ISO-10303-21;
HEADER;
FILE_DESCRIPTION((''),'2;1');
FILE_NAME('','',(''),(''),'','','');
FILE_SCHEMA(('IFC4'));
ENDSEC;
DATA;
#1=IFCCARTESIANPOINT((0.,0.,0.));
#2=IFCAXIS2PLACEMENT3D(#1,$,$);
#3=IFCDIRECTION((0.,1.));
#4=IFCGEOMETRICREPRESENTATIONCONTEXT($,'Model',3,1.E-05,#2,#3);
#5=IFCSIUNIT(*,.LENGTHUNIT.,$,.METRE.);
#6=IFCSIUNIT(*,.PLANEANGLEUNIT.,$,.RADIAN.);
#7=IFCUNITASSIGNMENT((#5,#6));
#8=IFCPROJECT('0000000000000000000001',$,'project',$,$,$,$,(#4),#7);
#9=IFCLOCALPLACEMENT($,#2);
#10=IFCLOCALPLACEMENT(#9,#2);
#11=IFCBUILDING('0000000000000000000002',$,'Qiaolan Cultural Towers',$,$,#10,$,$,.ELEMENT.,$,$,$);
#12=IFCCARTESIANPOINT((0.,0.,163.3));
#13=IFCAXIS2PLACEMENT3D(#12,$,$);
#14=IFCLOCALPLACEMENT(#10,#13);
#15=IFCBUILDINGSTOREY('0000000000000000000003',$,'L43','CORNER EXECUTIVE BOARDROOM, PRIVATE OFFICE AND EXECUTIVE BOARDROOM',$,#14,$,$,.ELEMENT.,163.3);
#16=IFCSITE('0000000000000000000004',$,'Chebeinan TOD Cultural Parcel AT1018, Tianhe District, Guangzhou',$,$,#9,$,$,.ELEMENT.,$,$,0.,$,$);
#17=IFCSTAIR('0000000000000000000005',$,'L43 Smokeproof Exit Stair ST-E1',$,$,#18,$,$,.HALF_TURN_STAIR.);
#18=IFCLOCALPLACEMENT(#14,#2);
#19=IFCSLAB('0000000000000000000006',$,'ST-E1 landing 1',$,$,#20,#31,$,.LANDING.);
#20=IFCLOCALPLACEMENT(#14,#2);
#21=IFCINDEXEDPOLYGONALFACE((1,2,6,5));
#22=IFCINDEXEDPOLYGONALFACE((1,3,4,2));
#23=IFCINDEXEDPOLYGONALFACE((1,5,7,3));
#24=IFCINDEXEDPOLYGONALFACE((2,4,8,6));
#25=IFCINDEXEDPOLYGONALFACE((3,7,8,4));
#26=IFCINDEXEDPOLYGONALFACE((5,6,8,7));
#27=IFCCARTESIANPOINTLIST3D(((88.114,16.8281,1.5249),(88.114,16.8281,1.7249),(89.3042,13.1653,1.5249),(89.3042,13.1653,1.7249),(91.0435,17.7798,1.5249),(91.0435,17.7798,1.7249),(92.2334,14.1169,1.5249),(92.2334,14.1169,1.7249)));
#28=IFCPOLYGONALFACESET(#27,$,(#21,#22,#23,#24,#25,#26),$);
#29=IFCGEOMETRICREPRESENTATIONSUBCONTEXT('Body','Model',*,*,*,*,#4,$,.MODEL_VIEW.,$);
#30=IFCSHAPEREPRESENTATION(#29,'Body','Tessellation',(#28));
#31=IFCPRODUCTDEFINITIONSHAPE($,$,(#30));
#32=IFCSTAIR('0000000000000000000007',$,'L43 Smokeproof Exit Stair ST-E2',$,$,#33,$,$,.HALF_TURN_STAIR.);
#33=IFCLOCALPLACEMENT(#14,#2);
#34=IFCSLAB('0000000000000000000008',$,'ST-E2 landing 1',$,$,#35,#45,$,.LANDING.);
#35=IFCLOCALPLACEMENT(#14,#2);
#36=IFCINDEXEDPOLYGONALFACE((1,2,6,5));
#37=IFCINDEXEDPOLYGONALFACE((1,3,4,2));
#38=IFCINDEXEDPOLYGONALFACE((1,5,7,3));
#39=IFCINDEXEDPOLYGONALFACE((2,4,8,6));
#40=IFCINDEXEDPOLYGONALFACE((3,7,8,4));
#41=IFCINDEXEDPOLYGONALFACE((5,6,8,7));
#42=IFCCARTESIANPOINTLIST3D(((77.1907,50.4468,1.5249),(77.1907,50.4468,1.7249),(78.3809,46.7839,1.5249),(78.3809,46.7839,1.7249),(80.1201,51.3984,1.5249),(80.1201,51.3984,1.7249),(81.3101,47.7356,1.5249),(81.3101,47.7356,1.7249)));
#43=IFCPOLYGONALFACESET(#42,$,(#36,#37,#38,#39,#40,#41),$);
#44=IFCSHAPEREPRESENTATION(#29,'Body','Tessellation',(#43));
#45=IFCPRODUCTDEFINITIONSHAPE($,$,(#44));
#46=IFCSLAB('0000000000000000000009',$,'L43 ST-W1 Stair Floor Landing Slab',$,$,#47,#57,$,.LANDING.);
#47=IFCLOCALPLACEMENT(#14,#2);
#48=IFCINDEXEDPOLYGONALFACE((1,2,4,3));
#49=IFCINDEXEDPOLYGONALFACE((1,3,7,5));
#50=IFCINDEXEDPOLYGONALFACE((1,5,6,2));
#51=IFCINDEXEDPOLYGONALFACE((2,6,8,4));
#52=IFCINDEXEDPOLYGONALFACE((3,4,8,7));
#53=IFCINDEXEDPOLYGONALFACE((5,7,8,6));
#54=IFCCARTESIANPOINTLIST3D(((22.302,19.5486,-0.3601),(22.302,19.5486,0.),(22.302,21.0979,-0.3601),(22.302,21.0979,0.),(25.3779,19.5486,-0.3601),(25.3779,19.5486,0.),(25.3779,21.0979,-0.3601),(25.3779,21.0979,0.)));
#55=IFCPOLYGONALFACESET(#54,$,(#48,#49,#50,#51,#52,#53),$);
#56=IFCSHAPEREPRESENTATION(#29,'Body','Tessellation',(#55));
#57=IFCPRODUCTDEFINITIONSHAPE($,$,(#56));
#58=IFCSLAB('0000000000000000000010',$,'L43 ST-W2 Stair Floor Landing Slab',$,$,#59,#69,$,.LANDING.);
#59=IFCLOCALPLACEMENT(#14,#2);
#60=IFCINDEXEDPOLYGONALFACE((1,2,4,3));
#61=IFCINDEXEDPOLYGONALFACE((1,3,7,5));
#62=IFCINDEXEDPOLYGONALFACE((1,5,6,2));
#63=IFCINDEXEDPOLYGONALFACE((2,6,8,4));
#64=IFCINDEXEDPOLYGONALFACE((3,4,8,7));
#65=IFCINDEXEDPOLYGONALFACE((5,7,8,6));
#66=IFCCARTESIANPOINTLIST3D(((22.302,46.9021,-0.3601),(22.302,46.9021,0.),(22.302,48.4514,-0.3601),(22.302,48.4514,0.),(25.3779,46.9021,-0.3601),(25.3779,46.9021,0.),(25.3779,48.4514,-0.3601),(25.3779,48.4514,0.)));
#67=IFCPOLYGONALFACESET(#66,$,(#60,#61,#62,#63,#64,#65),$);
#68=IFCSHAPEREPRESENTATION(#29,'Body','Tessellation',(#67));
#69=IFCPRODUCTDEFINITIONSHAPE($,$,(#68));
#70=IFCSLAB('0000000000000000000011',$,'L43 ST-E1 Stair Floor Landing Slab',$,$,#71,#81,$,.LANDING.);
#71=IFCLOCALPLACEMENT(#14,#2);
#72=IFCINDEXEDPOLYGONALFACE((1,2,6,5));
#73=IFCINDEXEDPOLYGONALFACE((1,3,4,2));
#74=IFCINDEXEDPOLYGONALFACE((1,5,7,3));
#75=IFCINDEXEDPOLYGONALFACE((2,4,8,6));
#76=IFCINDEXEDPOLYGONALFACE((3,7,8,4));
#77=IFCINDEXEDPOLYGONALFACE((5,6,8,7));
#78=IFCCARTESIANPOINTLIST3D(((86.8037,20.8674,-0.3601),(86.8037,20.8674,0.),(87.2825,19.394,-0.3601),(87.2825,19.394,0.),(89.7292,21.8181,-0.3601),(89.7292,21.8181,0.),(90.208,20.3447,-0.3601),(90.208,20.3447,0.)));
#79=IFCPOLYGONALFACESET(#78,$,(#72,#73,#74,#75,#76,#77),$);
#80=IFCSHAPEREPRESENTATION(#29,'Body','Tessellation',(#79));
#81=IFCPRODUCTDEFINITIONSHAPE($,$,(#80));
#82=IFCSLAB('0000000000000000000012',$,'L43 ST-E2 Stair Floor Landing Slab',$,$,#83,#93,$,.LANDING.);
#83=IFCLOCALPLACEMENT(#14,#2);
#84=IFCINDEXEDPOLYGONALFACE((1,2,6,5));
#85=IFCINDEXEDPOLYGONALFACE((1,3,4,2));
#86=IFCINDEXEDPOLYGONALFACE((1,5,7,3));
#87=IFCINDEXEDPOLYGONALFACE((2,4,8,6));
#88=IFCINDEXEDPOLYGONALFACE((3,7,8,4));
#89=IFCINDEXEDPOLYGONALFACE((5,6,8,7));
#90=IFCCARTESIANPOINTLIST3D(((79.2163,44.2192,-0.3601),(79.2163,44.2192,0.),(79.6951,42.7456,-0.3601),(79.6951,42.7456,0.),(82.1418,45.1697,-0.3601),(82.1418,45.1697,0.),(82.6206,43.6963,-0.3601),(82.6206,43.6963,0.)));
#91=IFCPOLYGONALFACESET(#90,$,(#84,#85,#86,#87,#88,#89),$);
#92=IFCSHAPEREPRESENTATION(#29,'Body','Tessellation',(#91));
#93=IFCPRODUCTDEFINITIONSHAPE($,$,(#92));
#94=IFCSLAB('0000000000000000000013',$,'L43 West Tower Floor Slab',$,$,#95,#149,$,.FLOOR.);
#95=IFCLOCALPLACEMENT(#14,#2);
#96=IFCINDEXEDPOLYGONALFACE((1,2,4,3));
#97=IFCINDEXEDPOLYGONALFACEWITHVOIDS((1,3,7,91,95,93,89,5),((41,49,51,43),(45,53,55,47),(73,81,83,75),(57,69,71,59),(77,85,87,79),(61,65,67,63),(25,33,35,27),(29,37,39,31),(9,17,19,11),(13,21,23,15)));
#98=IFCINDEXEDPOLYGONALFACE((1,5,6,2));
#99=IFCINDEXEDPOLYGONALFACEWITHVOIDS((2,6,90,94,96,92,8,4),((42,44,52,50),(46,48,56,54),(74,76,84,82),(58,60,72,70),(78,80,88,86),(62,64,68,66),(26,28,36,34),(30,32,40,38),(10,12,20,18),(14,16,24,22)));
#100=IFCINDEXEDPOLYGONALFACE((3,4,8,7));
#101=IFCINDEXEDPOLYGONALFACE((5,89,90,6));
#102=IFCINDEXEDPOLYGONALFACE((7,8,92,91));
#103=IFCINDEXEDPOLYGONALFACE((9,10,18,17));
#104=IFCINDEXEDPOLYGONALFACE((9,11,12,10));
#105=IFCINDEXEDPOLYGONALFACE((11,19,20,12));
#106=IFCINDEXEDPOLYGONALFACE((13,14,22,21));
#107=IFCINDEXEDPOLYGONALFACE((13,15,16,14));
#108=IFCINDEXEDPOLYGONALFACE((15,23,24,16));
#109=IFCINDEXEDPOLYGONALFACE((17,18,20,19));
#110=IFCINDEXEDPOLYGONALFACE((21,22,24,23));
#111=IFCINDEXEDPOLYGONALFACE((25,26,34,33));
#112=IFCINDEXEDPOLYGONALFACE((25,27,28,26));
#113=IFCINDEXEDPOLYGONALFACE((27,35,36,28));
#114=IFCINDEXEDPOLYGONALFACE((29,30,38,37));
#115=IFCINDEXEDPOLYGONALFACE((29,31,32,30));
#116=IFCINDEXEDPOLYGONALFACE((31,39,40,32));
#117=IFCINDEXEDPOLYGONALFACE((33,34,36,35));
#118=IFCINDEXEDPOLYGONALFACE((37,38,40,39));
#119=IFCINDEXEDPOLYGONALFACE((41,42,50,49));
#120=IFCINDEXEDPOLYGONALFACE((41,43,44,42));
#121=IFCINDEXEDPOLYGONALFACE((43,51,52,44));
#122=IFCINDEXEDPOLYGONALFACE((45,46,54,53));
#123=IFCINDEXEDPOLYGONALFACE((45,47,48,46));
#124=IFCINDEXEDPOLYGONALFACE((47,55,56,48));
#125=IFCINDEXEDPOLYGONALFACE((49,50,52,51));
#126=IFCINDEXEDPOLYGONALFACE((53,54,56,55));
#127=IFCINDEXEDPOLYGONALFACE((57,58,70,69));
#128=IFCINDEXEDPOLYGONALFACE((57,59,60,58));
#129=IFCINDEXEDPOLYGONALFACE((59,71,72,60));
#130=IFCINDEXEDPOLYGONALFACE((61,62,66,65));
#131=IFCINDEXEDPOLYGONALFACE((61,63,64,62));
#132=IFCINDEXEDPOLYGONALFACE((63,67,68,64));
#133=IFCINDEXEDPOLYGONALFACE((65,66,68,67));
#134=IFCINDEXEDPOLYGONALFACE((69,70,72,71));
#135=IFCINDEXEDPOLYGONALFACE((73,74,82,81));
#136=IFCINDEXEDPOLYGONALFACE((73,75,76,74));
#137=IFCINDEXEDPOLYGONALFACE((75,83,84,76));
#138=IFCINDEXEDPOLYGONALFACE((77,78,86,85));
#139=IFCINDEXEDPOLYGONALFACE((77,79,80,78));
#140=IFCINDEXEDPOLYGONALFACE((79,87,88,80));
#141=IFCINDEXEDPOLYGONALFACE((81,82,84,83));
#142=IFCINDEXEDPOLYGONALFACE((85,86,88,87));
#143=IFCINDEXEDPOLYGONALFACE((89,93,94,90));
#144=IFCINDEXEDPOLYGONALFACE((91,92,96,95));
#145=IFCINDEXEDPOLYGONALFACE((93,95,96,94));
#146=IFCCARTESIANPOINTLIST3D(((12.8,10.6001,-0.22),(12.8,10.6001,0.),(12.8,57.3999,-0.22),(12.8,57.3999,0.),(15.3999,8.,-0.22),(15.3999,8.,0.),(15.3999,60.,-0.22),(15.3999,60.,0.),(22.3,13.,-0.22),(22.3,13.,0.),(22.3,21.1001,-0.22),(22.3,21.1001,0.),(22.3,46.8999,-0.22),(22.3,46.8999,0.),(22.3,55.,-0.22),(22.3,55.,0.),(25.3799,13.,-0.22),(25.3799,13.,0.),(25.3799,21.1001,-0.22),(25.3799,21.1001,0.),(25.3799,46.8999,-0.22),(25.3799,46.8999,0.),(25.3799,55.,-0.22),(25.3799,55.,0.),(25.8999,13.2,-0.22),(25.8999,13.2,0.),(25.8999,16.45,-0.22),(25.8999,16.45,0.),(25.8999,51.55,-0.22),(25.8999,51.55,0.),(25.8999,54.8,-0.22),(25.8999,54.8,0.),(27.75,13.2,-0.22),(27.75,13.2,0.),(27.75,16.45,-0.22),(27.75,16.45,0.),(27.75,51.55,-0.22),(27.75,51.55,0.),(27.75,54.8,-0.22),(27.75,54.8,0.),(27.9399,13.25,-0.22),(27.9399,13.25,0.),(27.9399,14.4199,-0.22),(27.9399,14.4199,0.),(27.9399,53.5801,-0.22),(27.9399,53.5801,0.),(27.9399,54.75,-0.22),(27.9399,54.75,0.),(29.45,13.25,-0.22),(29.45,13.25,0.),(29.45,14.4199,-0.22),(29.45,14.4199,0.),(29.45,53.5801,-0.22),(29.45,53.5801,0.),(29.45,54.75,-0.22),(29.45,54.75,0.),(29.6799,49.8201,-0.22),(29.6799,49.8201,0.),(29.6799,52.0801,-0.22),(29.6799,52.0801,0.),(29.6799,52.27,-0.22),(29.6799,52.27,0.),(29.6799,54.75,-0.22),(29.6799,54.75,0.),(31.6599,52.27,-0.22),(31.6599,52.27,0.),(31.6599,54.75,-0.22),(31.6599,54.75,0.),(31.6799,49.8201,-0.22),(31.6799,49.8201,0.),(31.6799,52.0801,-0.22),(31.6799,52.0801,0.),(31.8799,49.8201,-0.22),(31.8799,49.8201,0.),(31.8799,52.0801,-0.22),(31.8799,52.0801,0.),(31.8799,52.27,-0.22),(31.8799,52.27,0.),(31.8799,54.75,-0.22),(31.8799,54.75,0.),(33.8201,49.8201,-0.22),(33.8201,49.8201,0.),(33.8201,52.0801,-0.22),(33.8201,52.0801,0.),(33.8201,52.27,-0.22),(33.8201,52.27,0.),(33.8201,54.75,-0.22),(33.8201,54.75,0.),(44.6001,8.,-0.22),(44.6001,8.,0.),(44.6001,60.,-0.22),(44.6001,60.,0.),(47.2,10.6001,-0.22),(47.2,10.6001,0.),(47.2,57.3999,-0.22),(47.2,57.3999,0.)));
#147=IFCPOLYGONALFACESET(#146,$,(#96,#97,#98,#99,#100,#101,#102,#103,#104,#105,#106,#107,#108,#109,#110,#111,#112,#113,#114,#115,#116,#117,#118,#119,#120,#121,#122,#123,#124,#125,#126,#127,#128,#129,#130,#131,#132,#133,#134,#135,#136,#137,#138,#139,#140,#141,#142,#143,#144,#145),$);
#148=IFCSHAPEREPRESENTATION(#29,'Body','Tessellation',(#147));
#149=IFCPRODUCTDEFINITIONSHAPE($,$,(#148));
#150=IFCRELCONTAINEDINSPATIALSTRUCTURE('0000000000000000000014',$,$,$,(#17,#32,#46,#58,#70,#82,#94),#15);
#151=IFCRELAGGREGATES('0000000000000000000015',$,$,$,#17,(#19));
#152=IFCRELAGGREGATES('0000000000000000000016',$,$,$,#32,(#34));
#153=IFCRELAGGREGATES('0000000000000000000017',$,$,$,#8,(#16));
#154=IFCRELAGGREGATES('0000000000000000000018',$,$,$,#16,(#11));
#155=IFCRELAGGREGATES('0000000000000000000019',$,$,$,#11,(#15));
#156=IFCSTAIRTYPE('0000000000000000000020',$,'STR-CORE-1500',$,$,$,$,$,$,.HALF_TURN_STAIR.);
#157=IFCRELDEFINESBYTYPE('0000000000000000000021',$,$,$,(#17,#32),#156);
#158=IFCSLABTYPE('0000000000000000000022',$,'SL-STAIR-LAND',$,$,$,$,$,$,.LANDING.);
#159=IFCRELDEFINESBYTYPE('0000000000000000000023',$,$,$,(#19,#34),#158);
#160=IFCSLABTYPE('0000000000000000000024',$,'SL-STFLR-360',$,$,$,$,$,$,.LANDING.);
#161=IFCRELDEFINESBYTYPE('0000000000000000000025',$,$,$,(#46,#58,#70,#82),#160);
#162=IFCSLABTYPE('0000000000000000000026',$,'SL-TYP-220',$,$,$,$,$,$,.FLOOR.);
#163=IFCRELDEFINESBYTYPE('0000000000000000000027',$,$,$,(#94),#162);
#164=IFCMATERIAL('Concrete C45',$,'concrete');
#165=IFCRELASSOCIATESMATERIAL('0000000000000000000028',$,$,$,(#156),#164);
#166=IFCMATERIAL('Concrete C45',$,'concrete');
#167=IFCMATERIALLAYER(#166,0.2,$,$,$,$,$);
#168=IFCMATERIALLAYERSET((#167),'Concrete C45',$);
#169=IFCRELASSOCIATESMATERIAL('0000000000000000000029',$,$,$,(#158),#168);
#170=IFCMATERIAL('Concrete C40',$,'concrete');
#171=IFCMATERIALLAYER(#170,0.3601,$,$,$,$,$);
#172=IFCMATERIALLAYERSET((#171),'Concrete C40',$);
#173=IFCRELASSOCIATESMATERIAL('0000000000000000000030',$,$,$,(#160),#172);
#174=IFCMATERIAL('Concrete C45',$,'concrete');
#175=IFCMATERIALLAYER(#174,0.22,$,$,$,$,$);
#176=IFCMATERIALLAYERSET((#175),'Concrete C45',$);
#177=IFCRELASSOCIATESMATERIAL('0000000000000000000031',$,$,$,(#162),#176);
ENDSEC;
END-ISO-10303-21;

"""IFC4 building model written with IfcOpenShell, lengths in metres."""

from ifc_helpers import new_model, si_unit, direction, frame, origin, place, context, subcontext, project, spatial, polyline, outline, extrude, material, layer, layer_set, type_object, element, aggregate, save


model = new_model("IFC4")

# Units and contexts
model_context = context("Model", 3, precision=1e-05, world=origin(), true_north=direction((0.0, 1.0)))
body_context = subcontext(model_context, "Body", "Model", "MODEL_VIEW")
ifc_project = project(units=[si_unit("LENGTHUNIT", "METRE"), si_unit("PLANEANGLEUNIT", "RADIAN")], contexts=[model_context])

# Site, building, storey
site_placement = place(None, origin())
site = spatial("IfcSite", under=ifc_project, at=site_placement, Name="Chebeinan TOD Cultural Parcel AT1018, Tianhe District, Guangzhou", CompositionType="ELEMENT", RefElevation=0.0)
building_placement = place(site_placement, origin())
building = spatial("IfcBuilding", under=site, at=building_placement, Name="Qiaolan Cultural Towers", CompositionType="ELEMENT")
storey_placement = place(building_placement, frame((0.0, 0.0, 163.3)))
storey = spatial("IfcBuildingStorey", under=building, at=storey_placement, Name="L43", Description="CORNER EXECUTIVE BOARDROOM, PRIVATE OFFICE AND EXECUTIVE BOARDROOM", CompositionType="ELEMENT", Elevation=163.3)

# Stairs, slabs
ifc_material_1 = material(Name="Concrete C45", Category="concrete")
stair_type = type_object("IfcStairType", Name="STR-CORE-1500", PredefinedType="HALF_TURN_STAIR", material=ifc_material_1)
ifc_material_2 = material(Name="Concrete C45", Category="concrete")
ifc_layer_1 = layer(ifc_material_2, 0.2)
ifc_layer_set_1 = layer_set([ifc_layer_1], Name="Concrete C45")
slab_type_1 = type_object("IfcSlabType", Name="SL-STAIR-LAND", PredefinedType="LANDING", material=ifc_layer_set_1)
stair_1_placement = place(storey_placement, origin())
stair_1 = element("IfcStair", 1, at=stair_1_placement, inside=storey, type_object=stair_type, Name="L43 Smokeproof Exit Stair ST-E1", PredefinedType="HALF_TURN_STAIR")
slab_1_placement = place(storey_placement, frame((0.0, 0.0, 1.5249)))
slab_1 = element("IfcSlab", 2, at=slab_1_placement, type_object=slab_type_1, Name="ST-E1 landing 1", PredefinedType="LANDING", context=body_context, shape_type="SweptSolid", body=[
    extrude(outline(polyline([(88.114, 16.8281), (89.3042, 13.1653), (92.2334, 14.1169), (91.0435, 17.7798), (88.114, 16.8281)])), origin(), (0.0, 0.0, 1.0), 0.2),
])
aggregate(stair_1, [slab_1])
stair_2_placement = place(storey_placement, origin())
stair_2 = element("IfcStair", 3, at=stair_2_placement, inside=storey, type_object=stair_type, Name="L43 Smokeproof Exit Stair ST-E2", PredefinedType="HALF_TURN_STAIR")
slab_2_placement = place(storey_placement, frame((0.0, 0.0, 1.5249)))
slab_2 = element("IfcSlab", 4, at=slab_2_placement, type_object=slab_type_1, Name="ST-E2 landing 1", PredefinedType="LANDING", context=body_context, shape_type="SweptSolid", body=[
    extrude(outline(polyline([(81.3101, 47.7356), (80.1201, 51.3984), (77.1907, 50.4468), (78.3809, 46.7839), (81.3101, 47.7356)])), origin(), (0.0, 0.0, 1.0), 0.2),
])
aggregate(stair_2, [slab_2])

# Slabs
ifc_material_3 = material(Name="Concrete C40", Category="concrete")
ifc_layer_2 = layer(ifc_material_3, 0.3601)
ifc_layer_set_2 = layer_set([ifc_layer_2], Name="Concrete C40")
slab_type_2 = type_object("IfcSlabType", Name="SL-STFLR-360", PredefinedType="LANDING", material=ifc_layer_set_2)
slab_3_placement = place(storey_placement, frame((0.0, 0.0, -0.3601)))
element("IfcSlab", 5, at=slab_3_placement, inside=storey, type_object=slab_type_2, Name="L43 ST-W1 Stair Floor Landing Slab", PredefinedType="LANDING", context=body_context, shape_type="SweptSolid", body=[
    extrude(outline(polyline([(22.302, 21.0979), (22.302, 19.5486), (25.3779, 19.5486), (25.3779, 21.0979), (22.302, 21.0979)])), origin(), (0.0, 0.0, 1.0), 0.3601),
])
slab_4_placement = place(storey_placement, frame((0.0, 0.0, -0.3601)))
element("IfcSlab", 6, at=slab_4_placement, inside=storey, type_object=slab_type_2, Name="L43 ST-W2 Stair Floor Landing Slab", PredefinedType="LANDING", context=body_context, shape_type="SweptSolid", body=[
    extrude(outline(polyline([(25.3779, 46.9021), (25.3779, 48.4514), (22.302, 48.4514), (22.302, 46.9021), (25.3779, 46.9021)])), origin(), (0.0, 0.0, 1.0), 0.3601),
])
slab_5_placement = place(storey_placement, frame((0.0, 0.0, -0.3601)))
element("IfcSlab", 7, at=slab_5_placement, inside=storey, type_object=slab_type_2, Name="L43 ST-E1 Stair Floor Landing Slab", PredefinedType="LANDING", context=body_context, shape_type="SweptSolid", body=[
    extrude(outline(polyline([(86.8037, 20.8674), (87.2825, 19.394), (90.208, 20.3447), (89.7292, 21.8181), (86.8037, 20.8674)])), origin(), (0.0, 0.0, 1.0), 0.3601),
])
slab_6_placement = place(storey_placement, frame((0.0, 0.0, -0.3601)))
element("IfcSlab", 8, at=slab_6_placement, inside=storey, type_object=slab_type_2, Name="L43 ST-E2 Stair Floor Landing Slab", PredefinedType="LANDING", context=body_context, shape_type="SweptSolid", body=[
    extrude(outline(polyline([(82.6206, 43.6963), (82.1418, 45.1697), (79.2163, 44.2192), (79.6951, 42.7456), (82.6206, 43.6963)])), origin(), (0.0, 0.0, 1.0), 0.3601),
])
ifc_material_4 = material(Name="Concrete C45", Category="concrete")
ifc_layer_3 = layer(ifc_material_4, 0.22)
ifc_layer_set_3 = layer_set([ifc_layer_3], Name="Concrete C45")
slab_type_3 = type_object("IfcSlabType", Name="SL-TYP-220", PredefinedType="FLOOR", material=ifc_layer_set_3)
slab_7_placement = place(storey_placement, frame((0.0, 0.0, -0.22)))
element("IfcSlab", 9, at=slab_7_placement, inside=storey, type_object=slab_type_3, Name="L43 West Tower Floor Slab", PredefinedType="FLOOR", context=body_context, shape_type="SweptSolid", body=[
    extrude(outline(polyline([(15.3999, 8.0), (44.6001, 8.0), (47.2, 10.6001), (47.2, 57.3999), (44.6001, 60.0), (15.3999, 60.0), (12.8, 57.3999), (12.8, 10.6001), (15.3999, 8.0)]), holes=[polyline([(22.3, 21.1001), (22.3, 13.0), (25.3799, 13.0), (25.3799, 21.1001), (22.3, 21.1001)]), polyline([(25.3799, 46.8999), (25.3799, 55.0), (22.3, 55.0), (22.3, 46.8999), (25.3799, 46.8999)]), polyline([(25.8999, 13.2), (27.75, 13.2), (27.75, 16.45), (25.8999, 16.45), (25.8999, 13.2)]), polyline([(27.9399, 13.25), (29.45, 13.25), (29.45, 14.4199), (27.9399, 14.4199), (27.9399, 13.25)]), polyline([(25.8999, 51.55), (27.75, 51.55), (27.75, 54.8), (25.8999, 54.8), (25.8999, 51.55)]), polyline([(27.9399, 53.5801), (29.45, 53.5801), (29.45, 54.75), (27.9399, 54.75), (27.9399, 53.5801)]), polyline([(29.6799, 49.8201), (31.6799, 49.8201), (31.6799, 52.0801), (29.6799, 52.0801), (29.6799, 49.8201)]), polyline([(31.8799, 49.8201), (33.8201, 49.8201), (33.8201, 52.0801), (31.8799, 52.0801), (31.8799, 49.8201)]), polyline([(29.6799, 52.27), (31.6599, 52.27), (31.6599, 54.75), (29.6799, 54.75), (29.6799, 52.27)]), polyline([(31.8799, 52.27), (33.8201, 52.27), (33.8201, 54.75), (31.8799, 54.75), (31.8799, 52.27)])]), origin(), (0.0, 0.0, 1.0), 0.22),
])

save(model, "model.ifc")
